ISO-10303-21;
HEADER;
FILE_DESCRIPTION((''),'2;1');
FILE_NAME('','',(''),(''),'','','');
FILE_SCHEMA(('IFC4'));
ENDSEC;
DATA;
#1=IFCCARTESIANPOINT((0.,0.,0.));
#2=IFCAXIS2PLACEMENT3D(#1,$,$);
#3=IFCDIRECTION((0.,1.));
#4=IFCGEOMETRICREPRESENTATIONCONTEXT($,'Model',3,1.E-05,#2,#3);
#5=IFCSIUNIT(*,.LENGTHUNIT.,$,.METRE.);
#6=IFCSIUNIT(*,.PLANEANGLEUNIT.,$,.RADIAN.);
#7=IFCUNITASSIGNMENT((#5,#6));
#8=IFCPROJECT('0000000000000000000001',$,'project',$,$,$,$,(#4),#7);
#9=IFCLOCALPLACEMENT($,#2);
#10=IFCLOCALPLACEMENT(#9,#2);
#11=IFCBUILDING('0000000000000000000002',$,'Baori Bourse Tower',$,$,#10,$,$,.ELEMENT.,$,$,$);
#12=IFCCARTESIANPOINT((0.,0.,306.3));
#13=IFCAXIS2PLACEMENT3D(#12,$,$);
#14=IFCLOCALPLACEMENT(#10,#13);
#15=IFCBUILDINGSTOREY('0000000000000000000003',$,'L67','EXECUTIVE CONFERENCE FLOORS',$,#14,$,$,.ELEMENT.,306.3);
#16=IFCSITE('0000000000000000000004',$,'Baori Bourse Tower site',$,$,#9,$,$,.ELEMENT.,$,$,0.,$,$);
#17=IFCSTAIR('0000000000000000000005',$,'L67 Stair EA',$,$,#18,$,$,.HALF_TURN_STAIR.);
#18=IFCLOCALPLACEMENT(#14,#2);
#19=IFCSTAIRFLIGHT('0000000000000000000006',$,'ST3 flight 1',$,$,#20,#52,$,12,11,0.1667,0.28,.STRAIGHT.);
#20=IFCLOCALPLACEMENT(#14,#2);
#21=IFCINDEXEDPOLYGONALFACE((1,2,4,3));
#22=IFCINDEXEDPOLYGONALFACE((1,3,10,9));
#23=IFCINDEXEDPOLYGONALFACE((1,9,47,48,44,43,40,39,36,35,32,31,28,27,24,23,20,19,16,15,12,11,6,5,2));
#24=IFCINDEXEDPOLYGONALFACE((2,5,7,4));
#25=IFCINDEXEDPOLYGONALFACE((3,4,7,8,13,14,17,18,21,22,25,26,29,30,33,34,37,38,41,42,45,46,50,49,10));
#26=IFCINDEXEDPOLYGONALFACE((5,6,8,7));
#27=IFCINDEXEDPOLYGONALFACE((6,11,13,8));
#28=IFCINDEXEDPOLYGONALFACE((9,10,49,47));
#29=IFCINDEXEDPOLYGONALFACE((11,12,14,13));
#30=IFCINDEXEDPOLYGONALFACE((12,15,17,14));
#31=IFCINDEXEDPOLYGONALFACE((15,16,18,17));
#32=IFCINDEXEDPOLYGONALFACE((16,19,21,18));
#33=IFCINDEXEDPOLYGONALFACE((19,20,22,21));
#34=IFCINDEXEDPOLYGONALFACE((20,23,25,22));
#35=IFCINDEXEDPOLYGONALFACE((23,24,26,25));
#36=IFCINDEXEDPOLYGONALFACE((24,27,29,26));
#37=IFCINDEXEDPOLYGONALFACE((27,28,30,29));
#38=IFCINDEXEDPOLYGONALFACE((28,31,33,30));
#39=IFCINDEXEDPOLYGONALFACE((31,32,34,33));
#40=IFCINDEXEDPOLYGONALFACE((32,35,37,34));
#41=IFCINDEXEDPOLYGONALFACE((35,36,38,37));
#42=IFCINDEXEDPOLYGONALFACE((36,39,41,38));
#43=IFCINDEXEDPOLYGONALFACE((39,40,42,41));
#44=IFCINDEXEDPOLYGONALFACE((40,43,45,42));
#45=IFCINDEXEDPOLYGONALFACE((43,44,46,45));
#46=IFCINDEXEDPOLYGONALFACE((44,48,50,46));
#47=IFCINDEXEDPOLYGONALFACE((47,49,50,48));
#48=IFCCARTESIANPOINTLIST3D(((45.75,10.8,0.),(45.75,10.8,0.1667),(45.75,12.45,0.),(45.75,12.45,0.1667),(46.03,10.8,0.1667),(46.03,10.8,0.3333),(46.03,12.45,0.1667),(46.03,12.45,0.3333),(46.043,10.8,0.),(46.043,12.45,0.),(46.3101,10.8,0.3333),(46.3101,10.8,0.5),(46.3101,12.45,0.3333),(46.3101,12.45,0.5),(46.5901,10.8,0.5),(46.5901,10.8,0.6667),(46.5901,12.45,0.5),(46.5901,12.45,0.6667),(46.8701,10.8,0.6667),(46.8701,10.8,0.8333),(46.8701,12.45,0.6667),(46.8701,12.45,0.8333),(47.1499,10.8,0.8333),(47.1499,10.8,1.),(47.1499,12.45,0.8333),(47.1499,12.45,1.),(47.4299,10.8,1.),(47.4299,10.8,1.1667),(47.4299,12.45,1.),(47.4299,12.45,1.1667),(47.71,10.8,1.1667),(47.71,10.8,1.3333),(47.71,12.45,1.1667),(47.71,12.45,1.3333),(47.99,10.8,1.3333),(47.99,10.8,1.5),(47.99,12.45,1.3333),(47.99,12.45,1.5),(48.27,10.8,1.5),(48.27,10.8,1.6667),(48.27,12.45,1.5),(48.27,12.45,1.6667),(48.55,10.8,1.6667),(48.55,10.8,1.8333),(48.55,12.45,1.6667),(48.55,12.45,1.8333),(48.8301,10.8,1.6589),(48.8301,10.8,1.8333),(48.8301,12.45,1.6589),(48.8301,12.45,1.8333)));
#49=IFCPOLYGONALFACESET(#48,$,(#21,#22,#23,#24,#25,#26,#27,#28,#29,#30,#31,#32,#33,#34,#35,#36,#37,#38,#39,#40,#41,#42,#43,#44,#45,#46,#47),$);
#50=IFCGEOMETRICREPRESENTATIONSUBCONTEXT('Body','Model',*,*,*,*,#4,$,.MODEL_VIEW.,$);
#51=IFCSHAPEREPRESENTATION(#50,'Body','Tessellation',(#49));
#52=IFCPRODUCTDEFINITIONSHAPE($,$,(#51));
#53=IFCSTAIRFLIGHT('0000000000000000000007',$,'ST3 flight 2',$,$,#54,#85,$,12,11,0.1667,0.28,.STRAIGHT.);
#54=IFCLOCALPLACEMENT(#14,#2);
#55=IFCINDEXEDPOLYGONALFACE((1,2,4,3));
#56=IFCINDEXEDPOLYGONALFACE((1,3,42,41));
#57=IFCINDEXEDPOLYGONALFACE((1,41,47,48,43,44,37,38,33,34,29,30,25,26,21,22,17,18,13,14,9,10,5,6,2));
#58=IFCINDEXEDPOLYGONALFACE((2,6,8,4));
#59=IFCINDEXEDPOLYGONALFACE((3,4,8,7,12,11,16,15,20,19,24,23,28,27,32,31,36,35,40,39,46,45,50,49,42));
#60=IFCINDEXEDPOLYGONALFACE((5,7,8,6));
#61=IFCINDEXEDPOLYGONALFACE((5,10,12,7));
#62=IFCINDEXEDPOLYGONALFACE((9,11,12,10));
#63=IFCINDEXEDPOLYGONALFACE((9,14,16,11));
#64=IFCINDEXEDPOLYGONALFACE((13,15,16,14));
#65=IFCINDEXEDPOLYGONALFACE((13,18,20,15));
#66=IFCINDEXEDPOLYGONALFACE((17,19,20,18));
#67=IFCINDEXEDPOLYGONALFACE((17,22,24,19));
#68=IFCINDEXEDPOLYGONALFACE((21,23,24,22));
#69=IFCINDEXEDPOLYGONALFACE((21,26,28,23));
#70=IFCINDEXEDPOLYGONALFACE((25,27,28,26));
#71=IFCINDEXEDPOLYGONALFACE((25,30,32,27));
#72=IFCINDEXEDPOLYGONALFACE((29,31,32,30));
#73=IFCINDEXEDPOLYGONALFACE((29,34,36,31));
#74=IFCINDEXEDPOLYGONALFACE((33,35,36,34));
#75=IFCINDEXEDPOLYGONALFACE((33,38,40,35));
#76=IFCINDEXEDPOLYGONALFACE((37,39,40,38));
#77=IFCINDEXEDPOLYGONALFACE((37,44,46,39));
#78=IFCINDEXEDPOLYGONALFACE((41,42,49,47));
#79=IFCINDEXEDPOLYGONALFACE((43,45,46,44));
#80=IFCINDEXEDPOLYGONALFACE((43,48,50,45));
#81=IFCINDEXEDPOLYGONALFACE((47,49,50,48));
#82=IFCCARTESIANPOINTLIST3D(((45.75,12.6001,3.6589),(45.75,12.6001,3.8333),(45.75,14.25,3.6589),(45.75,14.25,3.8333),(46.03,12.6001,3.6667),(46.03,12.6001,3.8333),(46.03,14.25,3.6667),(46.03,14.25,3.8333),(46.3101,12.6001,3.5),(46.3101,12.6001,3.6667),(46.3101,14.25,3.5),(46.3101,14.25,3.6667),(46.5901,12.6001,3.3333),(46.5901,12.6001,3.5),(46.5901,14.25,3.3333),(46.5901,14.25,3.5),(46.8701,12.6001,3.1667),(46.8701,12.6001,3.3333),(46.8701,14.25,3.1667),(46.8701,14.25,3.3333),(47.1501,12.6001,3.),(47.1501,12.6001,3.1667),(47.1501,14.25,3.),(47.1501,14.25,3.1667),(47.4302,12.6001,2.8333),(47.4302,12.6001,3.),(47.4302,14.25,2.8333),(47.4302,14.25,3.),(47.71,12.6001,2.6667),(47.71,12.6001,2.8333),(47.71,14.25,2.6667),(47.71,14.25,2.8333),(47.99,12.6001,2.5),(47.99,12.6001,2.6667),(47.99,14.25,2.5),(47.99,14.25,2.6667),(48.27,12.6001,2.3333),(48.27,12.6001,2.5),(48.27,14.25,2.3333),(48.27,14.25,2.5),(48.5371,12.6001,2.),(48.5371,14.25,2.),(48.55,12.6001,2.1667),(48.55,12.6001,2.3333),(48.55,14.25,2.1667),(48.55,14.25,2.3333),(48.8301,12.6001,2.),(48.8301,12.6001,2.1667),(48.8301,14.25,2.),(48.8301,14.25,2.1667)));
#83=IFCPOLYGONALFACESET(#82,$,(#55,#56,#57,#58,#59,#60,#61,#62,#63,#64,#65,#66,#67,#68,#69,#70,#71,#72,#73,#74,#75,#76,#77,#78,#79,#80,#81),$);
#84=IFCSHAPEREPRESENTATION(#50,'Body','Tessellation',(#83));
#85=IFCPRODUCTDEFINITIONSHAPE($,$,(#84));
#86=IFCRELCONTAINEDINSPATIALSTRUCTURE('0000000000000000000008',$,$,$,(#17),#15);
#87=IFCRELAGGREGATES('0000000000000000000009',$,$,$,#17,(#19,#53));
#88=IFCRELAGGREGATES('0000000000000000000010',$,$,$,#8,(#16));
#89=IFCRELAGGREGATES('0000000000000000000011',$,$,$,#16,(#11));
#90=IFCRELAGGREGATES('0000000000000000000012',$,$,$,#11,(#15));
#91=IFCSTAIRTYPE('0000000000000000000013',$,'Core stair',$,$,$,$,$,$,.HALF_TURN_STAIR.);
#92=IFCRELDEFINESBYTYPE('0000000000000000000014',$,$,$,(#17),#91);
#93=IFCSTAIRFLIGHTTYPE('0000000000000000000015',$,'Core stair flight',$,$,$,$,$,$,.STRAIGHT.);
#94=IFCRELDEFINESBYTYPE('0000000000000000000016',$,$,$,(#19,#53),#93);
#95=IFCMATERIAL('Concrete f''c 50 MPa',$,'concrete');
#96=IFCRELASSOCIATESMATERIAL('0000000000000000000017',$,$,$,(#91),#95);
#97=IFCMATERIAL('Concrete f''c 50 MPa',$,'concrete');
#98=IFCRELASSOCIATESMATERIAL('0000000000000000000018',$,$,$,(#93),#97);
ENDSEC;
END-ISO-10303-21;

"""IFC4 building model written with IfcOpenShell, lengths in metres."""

from ifc_helpers import new_model, si_unit, direction, frame, origin, place, context, subcontext, project, spatial, polyline, outline, extrude, material, type_object, element, aggregate, save


model = new_model("IFC4")

# Units and contexts
model_context = context("Model", 3, precision=1e-05, world=origin(), true_north=direction((0.0, 1.0)))
body_context = subcontext(model_context, "Body", "Model", "MODEL_VIEW")
ifc_project = project(units=[si_unit("LENGTHUNIT", "METRE"), si_unit("PLANEANGLEUNIT", "RADIAN")], contexts=[model_context])

# Site, building, storey
site_placement = place(None, origin())
site = spatial("IfcSite", under=ifc_project, at=site_placement, Name="Baori Bourse Tower site", CompositionType="ELEMENT", RefElevation=0.0)
building_placement = place(site_placement, origin())
building = spatial("IfcBuilding", under=site, at=building_placement, Name="Baori Bourse Tower", CompositionType="ELEMENT")
storey_placement = place(building_placement, frame((0.0, 0.0, 306.3)))
storey = spatial("IfcBuildingStorey", under=building, at=storey_placement, Name="L67", Description="EXECUTIVE CONFERENCE FLOORS", CompositionType="ELEMENT", Elevation=306.3)

# Stair, stair flights
ifc_material_1 = material(Name="Concrete f'c 50 MPa", Category="concrete")
stair_type = type_object("IfcStairType", Name="Core stair", PredefinedType="HALF_TURN_STAIR", material=ifc_material_1)
stair_placement = place(storey_placement, origin())
stair = element("IfcStair", 1, at=stair_placement, inside=storey, type_object=stair_type, Name="L67 Stair EA", PredefinedType="HALF_TURN_STAIR")
ifc_material_2 = material(Name="Concrete f'c 50 MPa", Category="concrete")
stair_flight_type = type_object("IfcStairFlightType", Name="Core stair flight", PredefinedType="STRAIGHT", material=ifc_material_2)
stair_flight_1_placement = place(storey_placement, frame((45.75, 11.625, 0.0), z_axis=(0.0, 0.0, 1.0), x_axis=(1.0, 0.0, 0.0)))
stair_flight_1 = element("IfcStairFlight", 2, at=stair_flight_1_placement, type_object=stair_flight_type, Name="ST3 flight 1", NumberOfRisers=12, NumberOfTreads=11, PredefinedType="STRAIGHT", RiserHeight=0.1667, TreadLength=0.28, context=body_context, shape_type="SweptSolid", body=[
    extrude(outline(polyline([(0.0, 0.0), (0.0, 0.1667), (0.28, 0.1667), (0.28, 0.3333), (0.5601, 0.3333), (0.5601, 0.5), (0.8401, 0.5), (0.8401, 0.6667), (1.1201, 0.6667), (1.1201, 0.8333), (1.3999, 0.8333), (1.3999, 1.0), (1.6799, 1.0), (1.6799, 1.1667), (1.96, 1.1667), (1.96, 1.3333), (2.24, 1.3333), (2.24, 1.5), (2.52, 1.5), (2.52, 1.6667), (2.8, 1.6667), (2.8, 1.8333), (3.0801, 1.8333), (3.0801, 2.0), (3.0801, 1.6589), (0.293, 0.0), (0.0, 0.0)])), frame((0.0, 0.825, 0.0), z_axis=(0.0, -1.0, 0.0), x_axis=(1.0, 0.0, 0.0)), (0.0, 0.0, 1.0), 1.6499),
])
stair_flight_2_placement = place(storey_placement, frame((48.8301, 13.425, 2.0), z_axis=(0.0, 0.0, 1.0), x_axis=(-1.0, 0.0, 0.0)))
stair_flight_2 = element("IfcStairFlight", 3, at=stair_flight_2_placement, type_object=stair_flight_type, Name="ST3 flight 2", NumberOfRisers=12, NumberOfTreads=11, PredefinedType="STRAIGHT", RiserHeight=0.1667, TreadLength=0.28, context=body_context, shape_type="SweptSolid", body=[
    extrude(outline(polyline([(0.0, 0.0), (0.0, 0.1667), (0.28, 0.1667), (0.28, 0.3333), (0.5601, 0.3333), (0.5601, 0.5), (0.8401, 0.5), (0.8401, 0.6667), (1.1201, 0.6667), (1.1201, 0.8333), (1.3999, 0.8333), (1.3999, 1.0), (1.6799, 1.0), (1.6799, 1.1667), (1.96, 1.1667), (1.96, 1.3333), (2.24, 1.3333), (2.24, 1.5), (2.52, 1.5), (2.52, 1.6667), (2.8, 1.6667), (2.8, 1.8333), (3.0801, 1.8333), (3.0801, 2.0), (3.0801, 1.6589), (0.293, 0.0), (0.0, 0.0)])), frame((0.0, 0.825, 0.0), z_axis=(0.0, -1.0, 0.0), x_axis=(1.0, 0.0, 0.0)), (0.0, 0.0, 1.0), 1.6499),
])
aggregate(stair, [stair_flight_1, stair_flight_2])

save(model, "model.ifc")
